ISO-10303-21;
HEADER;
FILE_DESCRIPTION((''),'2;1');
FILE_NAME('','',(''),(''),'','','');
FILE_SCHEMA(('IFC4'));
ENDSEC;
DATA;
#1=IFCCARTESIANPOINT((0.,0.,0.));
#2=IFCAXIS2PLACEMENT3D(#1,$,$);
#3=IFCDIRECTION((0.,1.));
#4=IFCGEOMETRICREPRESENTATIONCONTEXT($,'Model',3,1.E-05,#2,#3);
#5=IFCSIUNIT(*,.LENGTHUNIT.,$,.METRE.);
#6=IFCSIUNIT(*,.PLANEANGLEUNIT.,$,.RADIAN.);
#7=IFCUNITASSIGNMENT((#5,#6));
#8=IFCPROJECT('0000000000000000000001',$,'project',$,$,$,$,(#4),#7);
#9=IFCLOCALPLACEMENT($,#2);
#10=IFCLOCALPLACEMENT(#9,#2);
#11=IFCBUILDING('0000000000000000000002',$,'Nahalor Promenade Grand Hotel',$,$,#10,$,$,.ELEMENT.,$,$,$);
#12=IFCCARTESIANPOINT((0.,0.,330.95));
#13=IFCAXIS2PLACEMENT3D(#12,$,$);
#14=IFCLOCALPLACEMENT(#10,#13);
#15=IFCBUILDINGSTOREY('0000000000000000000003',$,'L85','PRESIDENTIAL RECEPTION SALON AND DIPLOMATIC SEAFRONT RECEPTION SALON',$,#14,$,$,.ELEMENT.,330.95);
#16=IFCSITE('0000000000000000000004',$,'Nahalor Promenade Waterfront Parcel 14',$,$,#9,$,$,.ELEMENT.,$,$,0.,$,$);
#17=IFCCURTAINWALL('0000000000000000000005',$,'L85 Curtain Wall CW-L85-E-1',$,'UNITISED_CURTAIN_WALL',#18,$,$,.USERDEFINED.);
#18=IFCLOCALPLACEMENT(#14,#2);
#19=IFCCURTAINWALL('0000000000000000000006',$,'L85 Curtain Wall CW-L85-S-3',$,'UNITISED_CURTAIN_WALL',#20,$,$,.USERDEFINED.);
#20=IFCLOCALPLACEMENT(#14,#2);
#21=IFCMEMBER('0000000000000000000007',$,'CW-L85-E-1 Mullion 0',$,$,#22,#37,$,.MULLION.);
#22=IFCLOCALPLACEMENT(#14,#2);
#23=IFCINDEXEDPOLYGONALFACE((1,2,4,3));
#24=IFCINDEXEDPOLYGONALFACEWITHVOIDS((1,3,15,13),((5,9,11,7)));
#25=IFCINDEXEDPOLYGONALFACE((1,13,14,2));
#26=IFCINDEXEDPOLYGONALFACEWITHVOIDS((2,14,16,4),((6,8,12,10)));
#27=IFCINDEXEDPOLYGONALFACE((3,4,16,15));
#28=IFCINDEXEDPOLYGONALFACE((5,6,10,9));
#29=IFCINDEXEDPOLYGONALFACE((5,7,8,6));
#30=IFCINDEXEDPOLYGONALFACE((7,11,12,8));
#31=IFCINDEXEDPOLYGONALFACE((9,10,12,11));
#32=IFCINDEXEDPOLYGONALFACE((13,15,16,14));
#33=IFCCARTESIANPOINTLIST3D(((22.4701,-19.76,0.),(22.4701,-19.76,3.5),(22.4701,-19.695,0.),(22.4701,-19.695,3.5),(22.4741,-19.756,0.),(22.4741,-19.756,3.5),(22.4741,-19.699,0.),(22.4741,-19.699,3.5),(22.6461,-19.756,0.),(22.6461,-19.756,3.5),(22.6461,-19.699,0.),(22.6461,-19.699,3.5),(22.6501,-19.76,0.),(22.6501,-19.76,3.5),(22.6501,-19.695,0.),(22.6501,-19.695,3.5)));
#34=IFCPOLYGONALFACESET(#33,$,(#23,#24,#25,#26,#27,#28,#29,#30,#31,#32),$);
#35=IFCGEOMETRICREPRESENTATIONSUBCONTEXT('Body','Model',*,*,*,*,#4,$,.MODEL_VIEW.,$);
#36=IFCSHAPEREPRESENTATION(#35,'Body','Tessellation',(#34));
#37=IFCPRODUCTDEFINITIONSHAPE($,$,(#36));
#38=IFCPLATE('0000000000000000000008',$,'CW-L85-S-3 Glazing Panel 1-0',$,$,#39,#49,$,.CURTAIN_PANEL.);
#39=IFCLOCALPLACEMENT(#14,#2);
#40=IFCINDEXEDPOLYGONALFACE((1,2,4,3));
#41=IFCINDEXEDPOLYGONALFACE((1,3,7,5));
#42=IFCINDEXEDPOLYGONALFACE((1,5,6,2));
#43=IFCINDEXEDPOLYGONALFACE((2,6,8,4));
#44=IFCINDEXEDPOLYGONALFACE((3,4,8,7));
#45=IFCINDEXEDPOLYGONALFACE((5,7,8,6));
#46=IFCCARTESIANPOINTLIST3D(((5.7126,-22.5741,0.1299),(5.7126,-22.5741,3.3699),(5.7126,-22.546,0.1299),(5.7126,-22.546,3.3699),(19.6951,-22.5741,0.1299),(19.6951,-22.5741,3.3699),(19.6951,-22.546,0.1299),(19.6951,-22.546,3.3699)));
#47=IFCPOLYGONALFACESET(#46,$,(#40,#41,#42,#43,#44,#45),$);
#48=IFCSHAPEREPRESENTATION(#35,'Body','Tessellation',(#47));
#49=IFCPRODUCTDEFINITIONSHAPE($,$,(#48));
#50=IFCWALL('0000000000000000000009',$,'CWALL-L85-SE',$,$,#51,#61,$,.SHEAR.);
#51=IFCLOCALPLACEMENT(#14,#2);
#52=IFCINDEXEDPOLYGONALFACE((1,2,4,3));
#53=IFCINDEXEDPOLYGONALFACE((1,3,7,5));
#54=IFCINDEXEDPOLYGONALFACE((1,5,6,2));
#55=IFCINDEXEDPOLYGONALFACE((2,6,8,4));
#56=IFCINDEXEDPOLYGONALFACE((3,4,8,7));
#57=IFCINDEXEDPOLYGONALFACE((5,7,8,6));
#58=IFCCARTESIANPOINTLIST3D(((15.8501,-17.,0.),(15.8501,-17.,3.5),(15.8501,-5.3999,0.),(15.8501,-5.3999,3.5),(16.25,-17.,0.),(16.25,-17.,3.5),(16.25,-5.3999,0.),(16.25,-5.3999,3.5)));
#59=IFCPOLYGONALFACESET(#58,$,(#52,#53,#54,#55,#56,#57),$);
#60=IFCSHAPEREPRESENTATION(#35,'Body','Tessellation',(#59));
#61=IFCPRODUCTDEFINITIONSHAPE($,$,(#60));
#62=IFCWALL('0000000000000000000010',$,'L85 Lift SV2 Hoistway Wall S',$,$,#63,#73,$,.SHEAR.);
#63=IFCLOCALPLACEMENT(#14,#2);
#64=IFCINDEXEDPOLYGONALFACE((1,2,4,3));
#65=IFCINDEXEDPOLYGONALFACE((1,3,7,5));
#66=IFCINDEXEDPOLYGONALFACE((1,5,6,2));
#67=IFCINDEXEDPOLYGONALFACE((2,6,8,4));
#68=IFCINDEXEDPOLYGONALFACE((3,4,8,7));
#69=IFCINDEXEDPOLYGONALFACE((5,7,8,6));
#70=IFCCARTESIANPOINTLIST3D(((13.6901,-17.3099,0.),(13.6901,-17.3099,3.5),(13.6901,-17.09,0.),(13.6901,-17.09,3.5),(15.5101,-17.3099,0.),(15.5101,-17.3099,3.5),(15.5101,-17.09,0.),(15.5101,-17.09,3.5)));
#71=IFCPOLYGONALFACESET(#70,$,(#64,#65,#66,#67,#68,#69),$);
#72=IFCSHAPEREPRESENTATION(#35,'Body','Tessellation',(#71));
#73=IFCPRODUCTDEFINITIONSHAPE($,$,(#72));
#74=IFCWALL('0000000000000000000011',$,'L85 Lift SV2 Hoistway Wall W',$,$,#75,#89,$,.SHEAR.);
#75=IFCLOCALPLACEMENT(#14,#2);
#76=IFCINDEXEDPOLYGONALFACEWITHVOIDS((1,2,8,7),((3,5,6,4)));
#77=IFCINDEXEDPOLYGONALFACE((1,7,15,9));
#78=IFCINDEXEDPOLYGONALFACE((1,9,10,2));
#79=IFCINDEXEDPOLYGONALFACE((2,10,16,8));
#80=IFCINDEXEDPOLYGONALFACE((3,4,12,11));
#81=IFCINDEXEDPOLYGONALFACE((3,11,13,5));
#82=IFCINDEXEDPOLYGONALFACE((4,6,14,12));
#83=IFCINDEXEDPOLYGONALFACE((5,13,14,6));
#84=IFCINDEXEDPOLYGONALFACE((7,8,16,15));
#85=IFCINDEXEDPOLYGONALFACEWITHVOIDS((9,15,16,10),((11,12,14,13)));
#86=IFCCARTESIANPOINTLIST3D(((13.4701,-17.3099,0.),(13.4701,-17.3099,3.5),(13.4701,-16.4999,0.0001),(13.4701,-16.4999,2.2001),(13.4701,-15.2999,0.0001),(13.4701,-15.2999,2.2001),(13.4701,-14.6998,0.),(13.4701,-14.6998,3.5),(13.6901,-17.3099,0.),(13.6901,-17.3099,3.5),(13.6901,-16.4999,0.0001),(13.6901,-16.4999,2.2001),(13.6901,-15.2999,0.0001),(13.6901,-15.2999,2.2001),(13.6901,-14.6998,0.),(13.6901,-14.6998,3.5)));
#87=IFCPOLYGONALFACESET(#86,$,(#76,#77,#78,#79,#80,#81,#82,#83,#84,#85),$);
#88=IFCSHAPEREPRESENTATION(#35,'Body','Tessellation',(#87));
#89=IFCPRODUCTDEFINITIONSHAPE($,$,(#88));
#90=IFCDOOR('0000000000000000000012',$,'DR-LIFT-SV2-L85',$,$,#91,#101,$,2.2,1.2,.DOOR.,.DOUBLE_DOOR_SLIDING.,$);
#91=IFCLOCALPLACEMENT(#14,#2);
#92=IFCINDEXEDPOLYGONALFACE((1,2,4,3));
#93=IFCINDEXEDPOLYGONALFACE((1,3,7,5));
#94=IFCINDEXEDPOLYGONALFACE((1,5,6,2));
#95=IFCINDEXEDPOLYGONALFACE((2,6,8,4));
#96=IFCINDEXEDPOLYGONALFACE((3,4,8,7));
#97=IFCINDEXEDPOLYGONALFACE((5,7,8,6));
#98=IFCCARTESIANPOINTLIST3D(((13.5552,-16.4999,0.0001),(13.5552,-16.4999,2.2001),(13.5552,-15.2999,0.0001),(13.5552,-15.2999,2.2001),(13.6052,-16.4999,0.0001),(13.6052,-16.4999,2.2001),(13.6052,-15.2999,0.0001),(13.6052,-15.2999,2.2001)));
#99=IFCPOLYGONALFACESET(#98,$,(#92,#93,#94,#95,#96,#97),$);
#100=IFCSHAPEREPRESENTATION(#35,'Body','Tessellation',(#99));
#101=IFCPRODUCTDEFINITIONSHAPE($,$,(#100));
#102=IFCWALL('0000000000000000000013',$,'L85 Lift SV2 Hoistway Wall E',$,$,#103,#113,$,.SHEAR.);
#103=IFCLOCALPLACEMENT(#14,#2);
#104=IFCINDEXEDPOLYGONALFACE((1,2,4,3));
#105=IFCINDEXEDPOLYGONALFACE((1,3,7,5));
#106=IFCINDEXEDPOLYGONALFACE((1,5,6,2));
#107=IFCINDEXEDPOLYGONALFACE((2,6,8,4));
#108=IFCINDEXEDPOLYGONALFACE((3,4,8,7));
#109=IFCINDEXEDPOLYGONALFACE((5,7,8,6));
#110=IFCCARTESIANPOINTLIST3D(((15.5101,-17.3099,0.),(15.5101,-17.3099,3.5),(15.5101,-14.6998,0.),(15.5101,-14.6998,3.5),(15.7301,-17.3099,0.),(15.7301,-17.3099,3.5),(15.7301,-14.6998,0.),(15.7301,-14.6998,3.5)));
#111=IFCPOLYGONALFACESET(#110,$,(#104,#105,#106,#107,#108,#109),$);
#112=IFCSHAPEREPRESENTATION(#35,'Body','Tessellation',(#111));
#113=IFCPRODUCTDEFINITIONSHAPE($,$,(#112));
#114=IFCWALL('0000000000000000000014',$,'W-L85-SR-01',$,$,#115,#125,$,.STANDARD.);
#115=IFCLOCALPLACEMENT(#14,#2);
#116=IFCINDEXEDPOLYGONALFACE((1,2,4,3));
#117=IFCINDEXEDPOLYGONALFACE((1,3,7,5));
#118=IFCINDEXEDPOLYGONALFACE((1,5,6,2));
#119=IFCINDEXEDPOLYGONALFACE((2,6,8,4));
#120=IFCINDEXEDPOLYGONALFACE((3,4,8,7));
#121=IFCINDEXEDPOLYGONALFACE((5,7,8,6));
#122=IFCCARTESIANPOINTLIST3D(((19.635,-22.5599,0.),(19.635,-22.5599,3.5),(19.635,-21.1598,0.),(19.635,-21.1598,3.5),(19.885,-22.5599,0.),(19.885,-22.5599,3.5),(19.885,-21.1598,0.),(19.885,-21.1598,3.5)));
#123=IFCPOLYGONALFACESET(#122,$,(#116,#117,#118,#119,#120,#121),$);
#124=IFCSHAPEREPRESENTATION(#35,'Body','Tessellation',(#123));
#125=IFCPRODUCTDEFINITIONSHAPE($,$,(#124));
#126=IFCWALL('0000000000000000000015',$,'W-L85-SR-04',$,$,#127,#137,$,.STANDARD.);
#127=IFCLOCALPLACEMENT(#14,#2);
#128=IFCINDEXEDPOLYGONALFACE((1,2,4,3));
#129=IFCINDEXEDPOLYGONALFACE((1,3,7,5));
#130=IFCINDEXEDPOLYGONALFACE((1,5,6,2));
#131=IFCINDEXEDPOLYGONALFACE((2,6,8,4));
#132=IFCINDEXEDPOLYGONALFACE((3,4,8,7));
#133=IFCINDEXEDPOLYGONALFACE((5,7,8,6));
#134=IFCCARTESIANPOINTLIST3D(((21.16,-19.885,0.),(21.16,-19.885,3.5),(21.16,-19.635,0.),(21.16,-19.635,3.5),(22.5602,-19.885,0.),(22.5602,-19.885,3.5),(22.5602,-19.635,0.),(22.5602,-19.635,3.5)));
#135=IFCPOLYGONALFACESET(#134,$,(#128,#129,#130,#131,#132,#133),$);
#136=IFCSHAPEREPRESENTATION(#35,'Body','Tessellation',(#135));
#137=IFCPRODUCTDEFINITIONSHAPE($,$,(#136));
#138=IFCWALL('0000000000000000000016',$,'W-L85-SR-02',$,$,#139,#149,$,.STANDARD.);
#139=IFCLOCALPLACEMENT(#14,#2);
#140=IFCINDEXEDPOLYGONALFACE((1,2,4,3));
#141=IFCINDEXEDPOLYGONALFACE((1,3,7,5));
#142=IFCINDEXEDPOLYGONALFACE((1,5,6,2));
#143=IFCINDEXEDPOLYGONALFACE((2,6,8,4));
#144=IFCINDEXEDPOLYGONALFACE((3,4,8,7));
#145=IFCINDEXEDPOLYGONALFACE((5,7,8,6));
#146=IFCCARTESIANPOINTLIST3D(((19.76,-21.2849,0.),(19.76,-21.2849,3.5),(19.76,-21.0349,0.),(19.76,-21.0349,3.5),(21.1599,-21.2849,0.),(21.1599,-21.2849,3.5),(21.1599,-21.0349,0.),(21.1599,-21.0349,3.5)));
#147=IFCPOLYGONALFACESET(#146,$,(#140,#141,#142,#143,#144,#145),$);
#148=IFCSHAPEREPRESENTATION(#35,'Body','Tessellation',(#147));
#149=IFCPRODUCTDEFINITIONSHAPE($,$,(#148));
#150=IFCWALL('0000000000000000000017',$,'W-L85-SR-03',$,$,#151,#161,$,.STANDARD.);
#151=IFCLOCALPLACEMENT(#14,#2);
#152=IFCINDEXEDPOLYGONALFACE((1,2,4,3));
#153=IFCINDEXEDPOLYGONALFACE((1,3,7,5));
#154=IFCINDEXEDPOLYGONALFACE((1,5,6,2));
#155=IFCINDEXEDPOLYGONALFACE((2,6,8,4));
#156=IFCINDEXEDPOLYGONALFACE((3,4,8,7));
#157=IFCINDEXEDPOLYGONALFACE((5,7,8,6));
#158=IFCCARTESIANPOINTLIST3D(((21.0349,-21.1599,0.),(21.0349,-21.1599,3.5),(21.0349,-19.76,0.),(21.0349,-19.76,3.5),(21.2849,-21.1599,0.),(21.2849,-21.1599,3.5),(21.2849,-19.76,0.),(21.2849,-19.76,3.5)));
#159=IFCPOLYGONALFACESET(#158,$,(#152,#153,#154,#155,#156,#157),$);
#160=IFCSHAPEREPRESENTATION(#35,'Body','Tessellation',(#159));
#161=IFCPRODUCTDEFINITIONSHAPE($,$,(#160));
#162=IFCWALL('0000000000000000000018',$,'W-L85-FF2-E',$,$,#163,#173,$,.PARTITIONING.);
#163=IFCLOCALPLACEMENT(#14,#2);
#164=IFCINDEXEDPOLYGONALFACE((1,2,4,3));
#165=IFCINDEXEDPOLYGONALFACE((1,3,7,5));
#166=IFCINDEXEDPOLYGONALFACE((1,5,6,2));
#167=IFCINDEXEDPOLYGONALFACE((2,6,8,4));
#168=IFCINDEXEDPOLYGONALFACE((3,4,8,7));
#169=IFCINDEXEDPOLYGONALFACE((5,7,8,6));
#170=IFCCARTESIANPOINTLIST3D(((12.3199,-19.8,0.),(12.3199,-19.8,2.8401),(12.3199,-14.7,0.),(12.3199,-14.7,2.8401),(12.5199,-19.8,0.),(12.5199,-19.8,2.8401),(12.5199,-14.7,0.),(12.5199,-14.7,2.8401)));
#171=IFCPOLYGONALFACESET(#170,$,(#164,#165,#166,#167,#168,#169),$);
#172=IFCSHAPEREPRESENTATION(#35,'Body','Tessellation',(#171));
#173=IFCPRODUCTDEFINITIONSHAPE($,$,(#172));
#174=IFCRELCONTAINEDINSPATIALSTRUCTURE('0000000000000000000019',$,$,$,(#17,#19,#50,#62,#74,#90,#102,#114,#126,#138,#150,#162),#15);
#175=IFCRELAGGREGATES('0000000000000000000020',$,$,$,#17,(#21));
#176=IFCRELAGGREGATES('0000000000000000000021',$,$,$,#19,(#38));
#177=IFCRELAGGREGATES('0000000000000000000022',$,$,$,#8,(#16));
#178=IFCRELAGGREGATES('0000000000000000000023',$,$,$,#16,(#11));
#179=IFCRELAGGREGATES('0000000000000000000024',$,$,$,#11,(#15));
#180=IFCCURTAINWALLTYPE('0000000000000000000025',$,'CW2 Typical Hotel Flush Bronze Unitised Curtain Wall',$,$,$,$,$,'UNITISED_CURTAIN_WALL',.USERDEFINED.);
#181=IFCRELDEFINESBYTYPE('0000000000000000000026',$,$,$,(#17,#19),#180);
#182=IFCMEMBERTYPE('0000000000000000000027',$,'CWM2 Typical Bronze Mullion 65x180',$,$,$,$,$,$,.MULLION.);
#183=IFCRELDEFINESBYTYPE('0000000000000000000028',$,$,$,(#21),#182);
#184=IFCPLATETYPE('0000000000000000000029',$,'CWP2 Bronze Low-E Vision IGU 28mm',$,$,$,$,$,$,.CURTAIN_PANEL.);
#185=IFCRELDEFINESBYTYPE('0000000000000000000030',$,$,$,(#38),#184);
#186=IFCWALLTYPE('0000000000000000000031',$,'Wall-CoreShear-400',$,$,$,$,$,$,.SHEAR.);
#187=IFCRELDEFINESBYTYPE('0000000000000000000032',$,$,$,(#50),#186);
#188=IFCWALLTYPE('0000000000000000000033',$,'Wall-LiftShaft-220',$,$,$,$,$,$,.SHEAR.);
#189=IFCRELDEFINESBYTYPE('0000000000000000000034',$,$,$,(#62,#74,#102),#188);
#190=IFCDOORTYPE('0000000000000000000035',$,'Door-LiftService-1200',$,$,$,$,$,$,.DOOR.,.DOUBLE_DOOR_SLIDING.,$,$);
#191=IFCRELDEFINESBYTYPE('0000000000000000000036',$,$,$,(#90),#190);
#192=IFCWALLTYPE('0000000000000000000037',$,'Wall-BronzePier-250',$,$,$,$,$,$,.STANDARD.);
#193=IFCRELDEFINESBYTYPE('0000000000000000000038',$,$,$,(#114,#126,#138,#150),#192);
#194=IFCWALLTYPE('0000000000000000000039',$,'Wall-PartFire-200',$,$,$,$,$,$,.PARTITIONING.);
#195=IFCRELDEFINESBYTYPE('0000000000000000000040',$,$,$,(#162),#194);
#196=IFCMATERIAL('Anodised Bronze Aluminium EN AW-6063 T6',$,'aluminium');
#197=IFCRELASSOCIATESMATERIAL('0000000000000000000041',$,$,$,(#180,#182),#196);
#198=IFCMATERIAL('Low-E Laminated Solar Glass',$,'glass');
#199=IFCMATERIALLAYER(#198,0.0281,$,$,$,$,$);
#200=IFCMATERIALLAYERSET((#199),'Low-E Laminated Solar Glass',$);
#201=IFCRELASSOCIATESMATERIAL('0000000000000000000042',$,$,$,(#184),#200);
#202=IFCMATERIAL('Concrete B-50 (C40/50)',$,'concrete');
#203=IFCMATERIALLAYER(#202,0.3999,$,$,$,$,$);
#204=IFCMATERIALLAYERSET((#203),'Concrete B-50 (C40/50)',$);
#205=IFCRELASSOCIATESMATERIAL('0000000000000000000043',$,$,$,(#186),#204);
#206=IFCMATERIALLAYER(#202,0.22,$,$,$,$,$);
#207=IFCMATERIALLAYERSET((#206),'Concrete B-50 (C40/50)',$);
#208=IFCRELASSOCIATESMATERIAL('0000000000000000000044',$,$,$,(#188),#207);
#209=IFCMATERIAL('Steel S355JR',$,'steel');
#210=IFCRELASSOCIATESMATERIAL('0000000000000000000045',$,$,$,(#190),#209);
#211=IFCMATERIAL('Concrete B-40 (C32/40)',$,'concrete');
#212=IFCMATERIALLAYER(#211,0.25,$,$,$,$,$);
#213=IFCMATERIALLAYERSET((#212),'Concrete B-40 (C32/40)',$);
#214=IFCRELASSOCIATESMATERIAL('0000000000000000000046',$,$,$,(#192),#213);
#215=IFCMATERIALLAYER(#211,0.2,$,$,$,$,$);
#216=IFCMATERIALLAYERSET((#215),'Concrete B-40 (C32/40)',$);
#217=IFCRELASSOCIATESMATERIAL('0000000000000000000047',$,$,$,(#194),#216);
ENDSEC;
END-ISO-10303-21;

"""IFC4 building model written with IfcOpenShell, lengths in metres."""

from ifc_helpers import new_model, si_unit, direction, frame, frame_2d, origin, origin_2d, place, context, subcontext, project, spatial, rectangle, hollow_rectangle, extrude, source, transform, mapped, material, layer, layer_set, material_profile, profile_set, type_object, element, fill, aggregate, save


model = new_model("IFC4")

# Units and contexts
model_context = context("Model", 3, precision=1e-05, world=origin(), true_north=direction((0.0, 1.0)))
body_context = subcontext(model_context, "Body", "Model", "MODEL_VIEW")
ifc_project = project(units=[si_unit("LENGTHUNIT", "METRE"), si_unit("PLANEANGLEUNIT", "RADIAN")], contexts=[model_context])

# Site, building, storey
site_placement = place(None, origin())
site = spatial("IfcSite", under=ifc_project, at=site_placement, Name="Nahalor Promenade Waterfront Parcel 14", CompositionType="ELEMENT", RefElevation=0.0)
building_placement = place(site_placement, origin())
building = spatial("IfcBuilding", under=site, at=building_placement, Name="Nahalor Promenade Grand Hotel", CompositionType="ELEMENT")
storey_placement = place(building_placement, frame((0.0, 0.0, 330.95)))
storey = spatial("IfcBuildingStorey", under=building, at=storey_placement, Name="L85", Description="PRESIDENTIAL RECEPTION SALON AND DIPLOMATIC SEAFRONT RECEPTION SALON", CompositionType="ELEMENT", Elevation=330.95)

# Shared definitions
ifc_material_1 = material(Name="Concrete B-50 (C40/50)", Category="concrete")
ifc_material_2 = material(Name="Steel S355JR", Category="steel")

# Curtain wall
ifc_material_3 = material(Name="Anodised Bronze Aluminium EN AW-6063 T6", Category="aluminium")
curtain_wall_type = type_object("IfcCurtainWallType", Name="CW2 Typical Hotel Flush Bronze Unitised Curtain Wall", ElementType="UNITISED_CURTAIN_WALL", PredefinedType="USERDEFINED", material=ifc_material_3)
curtain_wall_1_placement = place(storey_placement, origin())
curtain_wall_1 = element("IfcCurtainWall", 1, at=curtain_wall_1_placement, inside=storey, type_object=curtain_wall_type, Name="L85 Curtain Wall CW-L85-E-1", ObjectType="UNITISED_CURTAIN_WALL", PredefinedType="USERDEFINED")

# Curtain wall
curtain_wall_2_placement = place(storey_placement, origin())
curtain_wall_2 = element("IfcCurtainWall", 2, at=curtain_wall_2_placement, inside=storey, type_object=curtain_wall_type, Name="L85 Curtain Wall CW-L85-S-3", ObjectType="UNITISED_CURTAIN_WALL", PredefinedType="USERDEFINED")
ifc_material_profile_1 = material_profile(ifc_material_3, hollow_rectangle(XDim=0.065, YDim=0.18, WallThickness=0.004, at=origin_2d()), Name="CWM 65x180x4")
ifc_profile_set_1 = profile_set([ifc_material_profile_1], Name="Anodised Bronze Aluminium EN AW-6063 T6")
member_type_1 = type_object("IfcMemberType", Name="CWM2 Typical Bronze Mullion 65x180", PredefinedType="MULLION", material=ifc_profile_set_1)
shared_shape_1 = source(origin(), body_context, "Body", "SweptSolid", [
    extrude(hollow_rectangle(XDim=0.065, YDim=0.18, WallThickness=0.004, at=origin_2d()), origin(), (0.0, 0.0, 1.0), 3.5),
])

# Member
member_1_placement = place(storey_placement, frame((22.5601, -19.7275, 0.0), z_axis=(0.0, 0.0, 1.0), x_axis=(0.0, 1.0, 0.0)))
member_1 = element("IfcMember", 3, at=member_1_placement, type_object=member_type_1, Name="CW-L85-E-1 Mullion 0", PredefinedType="MULLION", context=body_context, shape_type="MappedRepresentation", body=[
    mapped(shared_shape_1, transform((0.0, 0.0, 0.0), scale=1.0)),
])
aggregate(curtain_wall_1, [member_1])

# Plate
ifc_material_4 = material(Name="Low-E Laminated Solar Glass", Category="glass")
ifc_layer_1 = layer(ifc_material_4, 0.0281)
ifc_layer_set_1 = layer_set([ifc_layer_1], Name="Low-E Laminated Solar Glass")
plate_type = type_object("IfcPlateType", Name="CWP2 Bronze Low-E Vision IGU 28mm", PredefinedType="CURTAIN_PANEL", material=ifc_layer_set_1)
shared_shape_2 = source(origin(), body_context, "Body", "SweptSolid", [
    extrude(rectangle(XDim=13.9824, YDim=0.0281, at=origin_2d()), origin(), (0.0, 0.0, 1.0), 3.24),
])
plate_placement = place(storey_placement, frame((12.7039, -22.5601, 0.1299), z_axis=(0.0, 0.0, 1.0), x_axis=(1.0, 0.0, 0.0)))
plate = element("IfcPlate", 4, at=plate_placement, type_object=plate_type, Name="CW-L85-S-3 Glazing Panel 1-0", PredefinedType="CURTAIN_PANEL", context=body_context, shape_type="MappedRepresentation", body=[
    mapped(shared_shape_2, transform((0.0, 0.0, 0.0), scale=1.0)),
])
aggregate(curtain_wall_2, [plate])

# Walls
ifc_layer_2 = layer(ifc_material_1, 0.3999)
ifc_layer_set_2 = layer_set([ifc_layer_2], Name="Concrete B-50 (C40/50)")
wall_type_1 = type_object("IfcWallType", Name="Wall-CoreShear-400", PredefinedType="SHEAR", material=ifc_layer_set_2)
shared_shape_3 = source(origin(), body_context, "Body", "SweptSolid", [
    extrude(rectangle(XDim=11.6001, YDim=0.3999, at=frame_2d((5.8, 0.0))), origin(), (0.0, 0.0, 1.0), 3.5),
])
wall_1_placement = place(storey_placement, frame((16.05, -17.0, 0.0), z_axis=(0.0, 0.0, 1.0), x_axis=(0.0, 1.0, 0.0)))
element("IfcWall", 5, at=wall_1_placement, inside=storey, type_object=wall_type_1, Name="CWALL-L85-SE", PredefinedType="SHEAR", context=body_context, shape_type="MappedRepresentation", body=[
    mapped(shared_shape_3, transform((0.0, 0.0, 0.0), scale=1.0)),
])
ifc_layer_3 = layer(ifc_material_1, 0.22)
ifc_layer_set_3 = layer_set([ifc_layer_3], Name="Concrete B-50 (C40/50)")
wall_type_2 = type_object("IfcWallType", Name="Wall-LiftShaft-220", PredefinedType="SHEAR", material=ifc_layer_set_3)
shared_shape_4 = source(origin(), body_context, "Body", "SweptSolid", [
    extrude(rectangle(XDim=1.8201, YDim=0.22, at=frame_2d((0.9102, 0.0))), origin(), (0.0, 0.0, 1.0), 3.5),
])
wall_2_placement = place(storey_placement, frame((13.6899, -17.2, 0.0), z_axis=(0.0, 0.0, 1.0), x_axis=(1.0, 0.0, 0.0)))
element("IfcWall", 6, at=wall_2_placement, inside=storey, type_object=wall_type_2, Name="L85 Lift SV2 Hoistway Wall S", PredefinedType="SHEAR", context=body_context, shape_type="MappedRepresentation", body=[
    mapped(shared_shape_4, transform((0.0, 0.0, 0.0), scale=1.0)),
])

# Wall, opening, door
shared_shape_5 = source(origin(), body_context, "Body", "SweptSolid", [
    extrude(rectangle(XDim=2.6101, YDim=0.22, at=frame_2d((1.3052, 0.0))), origin(), (0.0, 0.0, 1.0), 3.5),
])
wall_3_placement = place(storey_placement, frame((13.5801, -17.3101, 0.0), z_axis=(0.0, 0.0, 1.0), x_axis=(0.0, 1.0, 0.0)))
wall_3 = element("IfcWall", 7, at=wall_3_placement, inside=storey, type_object=wall_type_2, Name="L85 Lift SV2 Hoistway Wall W", PredefinedType="SHEAR", context=body_context, shape_type="MappedRepresentation", body=[
    mapped(shared_shape_5, transform((0.0, 0.0, 0.0), scale=1.0)),
])
opening_placement = place(wall_3_placement, frame((0.8101, 0.0, 0.0)))
opening = element("IfcOpeningElement", 8, at=opening_placement, cuts=wall_3, PredefinedType="OPENING", context=body_context, shape_type="SweptSolid", body=[
    extrude(rectangle(XDim=1.2, YDim=2.2, at=frame_2d((0.6001, 1.1001))), frame((0.0, 0.1199, 0.0), z_axis=(0.0, -1.0, 0.0), x_axis=(1.0, 0.0, 0.0)), (0.0, 0.0, 1.0), 0.24),
])
door_type = type_object("IfcDoorType", Name="Door-LiftService-1200", OperationType="DOUBLE_DOOR_SLIDING", PredefinedType="DOOR", material=ifc_material_2)
shared_shape_6 = source(origin(), body_context, "Body", "SweptSolid", [
    extrude(rectangle(XDim=1.2, YDim=2.2, at=frame_2d((0.6001, 1.1001))), frame((0.0, 0.0249, 0.0), z_axis=(0.0, -1.0, 0.0), x_axis=(1.0, 0.0, 0.0)), (0.0, 0.0, 1.0), 0.05),
])
door_placement = place(opening_placement, origin())
door = element("IfcDoor", 9, at=door_placement, inside=storey, type_object=door_type, Name="DR-LIFT-SV2-L85", OperationType="DOUBLE_DOOR_SLIDING", OverallHeight=2.2, OverallWidth=1.2, PredefinedType="DOOR", context=body_context, shape_type="MappedRepresentation", body=[
    mapped(shared_shape_6, transform((0.0, 0.0, 0.0), scale=1.0)),
])
fill(opening, door)

# Walls
wall_4_placement = place(storey_placement, frame((15.6201, -17.3101, 0.0), z_axis=(0.0, 0.0, 1.0), x_axis=(0.0, 1.0, 0.0)))
element("IfcWall", 10, at=wall_4_placement, inside=storey, type_object=wall_type_2, Name="L85 Lift SV2 Hoistway Wall E", PredefinedType="SHEAR", context=body_context, shape_type="MappedRepresentation", body=[
    mapped(shared_shape_5, transform((0.0, 0.0, 0.0), scale=1.0)),
])
ifc_material_5 = material(Name="Concrete B-40 (C32/40)", Category="concrete")
ifc_layer_4 = layer(ifc_material_5, 0.25)
ifc_layer_set_4 = layer_set([ifc_layer_4], Name="Concrete B-40 (C32/40)")
wall_type_3 = type_object("IfcWallType", Name="Wall-BronzePier-250", PredefinedType="STANDARD", material=ifc_layer_set_4)
shared_shape_7 = source(origin(), body_context, "Body", "SweptSolid", [
    extrude(rectangle(XDim=1.4001, YDim=0.25, at=frame_2d((0.7002, 0.0))), origin(), (0.0, 0.0, 1.0), 3.5),
])
for number, where, z_axis, x_axis, name in (
    (11, (19.76, -22.5601, 0.0), (0.0, 0.0, 1.0), (0.0, 1.0, 0.0), "W-L85-SR-01"),
    (12, (21.1599, -19.76, 0.0), (0.0, 0.0, 1.0), (1.0, 0.0, 0.0), "W-L85-SR-04"),
):
    element("IfcWall", number, at=place(storey_placement, frame(where, z_axis=z_axis, x_axis=x_axis)), inside=storey, type_object=wall_type_3, Name=name, PredefinedType="STANDARD", context=body_context, shape_type="MappedRepresentation", body=[
        mapped(shared_shape_7, transform((0.0, 0.0, 0.0), scale=1.0)),
    ])
shared_shape_8 = source(origin(), body_context, "Body", "SweptSolid", [
    extrude(rectangle(XDim=1.3999, YDim=0.25, at=frame_2d((0.7, 0.0))), origin(), (0.0, 0.0, 1.0), 3.5),
])
for number, where, z_axis, x_axis, name in (
    (13, (19.76, -21.1599, 0.0), (0.0, 0.0, 1.0), (1.0, 0.0, 0.0), "W-L85-SR-02"),
    (14, (21.1599, -21.1599, 0.0), (0.0, 0.0, 1.0), (0.0, 1.0, 0.0), "W-L85-SR-03"),
):
    element("IfcWall", number, at=place(storey_placement, frame(where, z_axis=z_axis, x_axis=x_axis)), inside=storey, type_object=wall_type_3, Name=name, PredefinedType="STANDARD", context=body_context, shape_type="MappedRepresentation", body=[
        mapped(shared_shape_8, transform((0.0, 0.0, 0.0), scale=1.0)),
    ])
ifc_layer_5 = layer(ifc_material_5, 0.2)
ifc_layer_set_5 = layer_set([ifc_layer_5], Name="Concrete B-40 (C32/40)")
wall_type_4 = type_object("IfcWallType", Name="Wall-PartFire-200", PredefinedType="PARTITIONING", material=ifc_layer_set_5)
shared_shape_9 = source(origin(), body_context, "Body", "SweptSolid", [
    extrude(rectangle(XDim=5.1001, YDim=0.2, at=frame_2d((2.55, 0.0))), origin(), (0.0, 0.0, 1.0), 2.8401),
])
wall_5_placement = place(storey_placement, frame((12.4199, -19.8, 0.0), z_axis=(0.0, 0.0, 1.0), x_axis=(0.0, 1.0, 0.0)))
element("IfcWall", 15, at=wall_5_placement, inside=storey, type_object=wall_type_4, Name="W-L85-FF2-E", PredefinedType="PARTITIONING", context=body_context, shape_type="MappedRepresentation", body=[
    mapped(shared_shape_9, transform((0.0, 0.0, 0.0), scale=1.0)),
])

save(model, "model.ifc")
